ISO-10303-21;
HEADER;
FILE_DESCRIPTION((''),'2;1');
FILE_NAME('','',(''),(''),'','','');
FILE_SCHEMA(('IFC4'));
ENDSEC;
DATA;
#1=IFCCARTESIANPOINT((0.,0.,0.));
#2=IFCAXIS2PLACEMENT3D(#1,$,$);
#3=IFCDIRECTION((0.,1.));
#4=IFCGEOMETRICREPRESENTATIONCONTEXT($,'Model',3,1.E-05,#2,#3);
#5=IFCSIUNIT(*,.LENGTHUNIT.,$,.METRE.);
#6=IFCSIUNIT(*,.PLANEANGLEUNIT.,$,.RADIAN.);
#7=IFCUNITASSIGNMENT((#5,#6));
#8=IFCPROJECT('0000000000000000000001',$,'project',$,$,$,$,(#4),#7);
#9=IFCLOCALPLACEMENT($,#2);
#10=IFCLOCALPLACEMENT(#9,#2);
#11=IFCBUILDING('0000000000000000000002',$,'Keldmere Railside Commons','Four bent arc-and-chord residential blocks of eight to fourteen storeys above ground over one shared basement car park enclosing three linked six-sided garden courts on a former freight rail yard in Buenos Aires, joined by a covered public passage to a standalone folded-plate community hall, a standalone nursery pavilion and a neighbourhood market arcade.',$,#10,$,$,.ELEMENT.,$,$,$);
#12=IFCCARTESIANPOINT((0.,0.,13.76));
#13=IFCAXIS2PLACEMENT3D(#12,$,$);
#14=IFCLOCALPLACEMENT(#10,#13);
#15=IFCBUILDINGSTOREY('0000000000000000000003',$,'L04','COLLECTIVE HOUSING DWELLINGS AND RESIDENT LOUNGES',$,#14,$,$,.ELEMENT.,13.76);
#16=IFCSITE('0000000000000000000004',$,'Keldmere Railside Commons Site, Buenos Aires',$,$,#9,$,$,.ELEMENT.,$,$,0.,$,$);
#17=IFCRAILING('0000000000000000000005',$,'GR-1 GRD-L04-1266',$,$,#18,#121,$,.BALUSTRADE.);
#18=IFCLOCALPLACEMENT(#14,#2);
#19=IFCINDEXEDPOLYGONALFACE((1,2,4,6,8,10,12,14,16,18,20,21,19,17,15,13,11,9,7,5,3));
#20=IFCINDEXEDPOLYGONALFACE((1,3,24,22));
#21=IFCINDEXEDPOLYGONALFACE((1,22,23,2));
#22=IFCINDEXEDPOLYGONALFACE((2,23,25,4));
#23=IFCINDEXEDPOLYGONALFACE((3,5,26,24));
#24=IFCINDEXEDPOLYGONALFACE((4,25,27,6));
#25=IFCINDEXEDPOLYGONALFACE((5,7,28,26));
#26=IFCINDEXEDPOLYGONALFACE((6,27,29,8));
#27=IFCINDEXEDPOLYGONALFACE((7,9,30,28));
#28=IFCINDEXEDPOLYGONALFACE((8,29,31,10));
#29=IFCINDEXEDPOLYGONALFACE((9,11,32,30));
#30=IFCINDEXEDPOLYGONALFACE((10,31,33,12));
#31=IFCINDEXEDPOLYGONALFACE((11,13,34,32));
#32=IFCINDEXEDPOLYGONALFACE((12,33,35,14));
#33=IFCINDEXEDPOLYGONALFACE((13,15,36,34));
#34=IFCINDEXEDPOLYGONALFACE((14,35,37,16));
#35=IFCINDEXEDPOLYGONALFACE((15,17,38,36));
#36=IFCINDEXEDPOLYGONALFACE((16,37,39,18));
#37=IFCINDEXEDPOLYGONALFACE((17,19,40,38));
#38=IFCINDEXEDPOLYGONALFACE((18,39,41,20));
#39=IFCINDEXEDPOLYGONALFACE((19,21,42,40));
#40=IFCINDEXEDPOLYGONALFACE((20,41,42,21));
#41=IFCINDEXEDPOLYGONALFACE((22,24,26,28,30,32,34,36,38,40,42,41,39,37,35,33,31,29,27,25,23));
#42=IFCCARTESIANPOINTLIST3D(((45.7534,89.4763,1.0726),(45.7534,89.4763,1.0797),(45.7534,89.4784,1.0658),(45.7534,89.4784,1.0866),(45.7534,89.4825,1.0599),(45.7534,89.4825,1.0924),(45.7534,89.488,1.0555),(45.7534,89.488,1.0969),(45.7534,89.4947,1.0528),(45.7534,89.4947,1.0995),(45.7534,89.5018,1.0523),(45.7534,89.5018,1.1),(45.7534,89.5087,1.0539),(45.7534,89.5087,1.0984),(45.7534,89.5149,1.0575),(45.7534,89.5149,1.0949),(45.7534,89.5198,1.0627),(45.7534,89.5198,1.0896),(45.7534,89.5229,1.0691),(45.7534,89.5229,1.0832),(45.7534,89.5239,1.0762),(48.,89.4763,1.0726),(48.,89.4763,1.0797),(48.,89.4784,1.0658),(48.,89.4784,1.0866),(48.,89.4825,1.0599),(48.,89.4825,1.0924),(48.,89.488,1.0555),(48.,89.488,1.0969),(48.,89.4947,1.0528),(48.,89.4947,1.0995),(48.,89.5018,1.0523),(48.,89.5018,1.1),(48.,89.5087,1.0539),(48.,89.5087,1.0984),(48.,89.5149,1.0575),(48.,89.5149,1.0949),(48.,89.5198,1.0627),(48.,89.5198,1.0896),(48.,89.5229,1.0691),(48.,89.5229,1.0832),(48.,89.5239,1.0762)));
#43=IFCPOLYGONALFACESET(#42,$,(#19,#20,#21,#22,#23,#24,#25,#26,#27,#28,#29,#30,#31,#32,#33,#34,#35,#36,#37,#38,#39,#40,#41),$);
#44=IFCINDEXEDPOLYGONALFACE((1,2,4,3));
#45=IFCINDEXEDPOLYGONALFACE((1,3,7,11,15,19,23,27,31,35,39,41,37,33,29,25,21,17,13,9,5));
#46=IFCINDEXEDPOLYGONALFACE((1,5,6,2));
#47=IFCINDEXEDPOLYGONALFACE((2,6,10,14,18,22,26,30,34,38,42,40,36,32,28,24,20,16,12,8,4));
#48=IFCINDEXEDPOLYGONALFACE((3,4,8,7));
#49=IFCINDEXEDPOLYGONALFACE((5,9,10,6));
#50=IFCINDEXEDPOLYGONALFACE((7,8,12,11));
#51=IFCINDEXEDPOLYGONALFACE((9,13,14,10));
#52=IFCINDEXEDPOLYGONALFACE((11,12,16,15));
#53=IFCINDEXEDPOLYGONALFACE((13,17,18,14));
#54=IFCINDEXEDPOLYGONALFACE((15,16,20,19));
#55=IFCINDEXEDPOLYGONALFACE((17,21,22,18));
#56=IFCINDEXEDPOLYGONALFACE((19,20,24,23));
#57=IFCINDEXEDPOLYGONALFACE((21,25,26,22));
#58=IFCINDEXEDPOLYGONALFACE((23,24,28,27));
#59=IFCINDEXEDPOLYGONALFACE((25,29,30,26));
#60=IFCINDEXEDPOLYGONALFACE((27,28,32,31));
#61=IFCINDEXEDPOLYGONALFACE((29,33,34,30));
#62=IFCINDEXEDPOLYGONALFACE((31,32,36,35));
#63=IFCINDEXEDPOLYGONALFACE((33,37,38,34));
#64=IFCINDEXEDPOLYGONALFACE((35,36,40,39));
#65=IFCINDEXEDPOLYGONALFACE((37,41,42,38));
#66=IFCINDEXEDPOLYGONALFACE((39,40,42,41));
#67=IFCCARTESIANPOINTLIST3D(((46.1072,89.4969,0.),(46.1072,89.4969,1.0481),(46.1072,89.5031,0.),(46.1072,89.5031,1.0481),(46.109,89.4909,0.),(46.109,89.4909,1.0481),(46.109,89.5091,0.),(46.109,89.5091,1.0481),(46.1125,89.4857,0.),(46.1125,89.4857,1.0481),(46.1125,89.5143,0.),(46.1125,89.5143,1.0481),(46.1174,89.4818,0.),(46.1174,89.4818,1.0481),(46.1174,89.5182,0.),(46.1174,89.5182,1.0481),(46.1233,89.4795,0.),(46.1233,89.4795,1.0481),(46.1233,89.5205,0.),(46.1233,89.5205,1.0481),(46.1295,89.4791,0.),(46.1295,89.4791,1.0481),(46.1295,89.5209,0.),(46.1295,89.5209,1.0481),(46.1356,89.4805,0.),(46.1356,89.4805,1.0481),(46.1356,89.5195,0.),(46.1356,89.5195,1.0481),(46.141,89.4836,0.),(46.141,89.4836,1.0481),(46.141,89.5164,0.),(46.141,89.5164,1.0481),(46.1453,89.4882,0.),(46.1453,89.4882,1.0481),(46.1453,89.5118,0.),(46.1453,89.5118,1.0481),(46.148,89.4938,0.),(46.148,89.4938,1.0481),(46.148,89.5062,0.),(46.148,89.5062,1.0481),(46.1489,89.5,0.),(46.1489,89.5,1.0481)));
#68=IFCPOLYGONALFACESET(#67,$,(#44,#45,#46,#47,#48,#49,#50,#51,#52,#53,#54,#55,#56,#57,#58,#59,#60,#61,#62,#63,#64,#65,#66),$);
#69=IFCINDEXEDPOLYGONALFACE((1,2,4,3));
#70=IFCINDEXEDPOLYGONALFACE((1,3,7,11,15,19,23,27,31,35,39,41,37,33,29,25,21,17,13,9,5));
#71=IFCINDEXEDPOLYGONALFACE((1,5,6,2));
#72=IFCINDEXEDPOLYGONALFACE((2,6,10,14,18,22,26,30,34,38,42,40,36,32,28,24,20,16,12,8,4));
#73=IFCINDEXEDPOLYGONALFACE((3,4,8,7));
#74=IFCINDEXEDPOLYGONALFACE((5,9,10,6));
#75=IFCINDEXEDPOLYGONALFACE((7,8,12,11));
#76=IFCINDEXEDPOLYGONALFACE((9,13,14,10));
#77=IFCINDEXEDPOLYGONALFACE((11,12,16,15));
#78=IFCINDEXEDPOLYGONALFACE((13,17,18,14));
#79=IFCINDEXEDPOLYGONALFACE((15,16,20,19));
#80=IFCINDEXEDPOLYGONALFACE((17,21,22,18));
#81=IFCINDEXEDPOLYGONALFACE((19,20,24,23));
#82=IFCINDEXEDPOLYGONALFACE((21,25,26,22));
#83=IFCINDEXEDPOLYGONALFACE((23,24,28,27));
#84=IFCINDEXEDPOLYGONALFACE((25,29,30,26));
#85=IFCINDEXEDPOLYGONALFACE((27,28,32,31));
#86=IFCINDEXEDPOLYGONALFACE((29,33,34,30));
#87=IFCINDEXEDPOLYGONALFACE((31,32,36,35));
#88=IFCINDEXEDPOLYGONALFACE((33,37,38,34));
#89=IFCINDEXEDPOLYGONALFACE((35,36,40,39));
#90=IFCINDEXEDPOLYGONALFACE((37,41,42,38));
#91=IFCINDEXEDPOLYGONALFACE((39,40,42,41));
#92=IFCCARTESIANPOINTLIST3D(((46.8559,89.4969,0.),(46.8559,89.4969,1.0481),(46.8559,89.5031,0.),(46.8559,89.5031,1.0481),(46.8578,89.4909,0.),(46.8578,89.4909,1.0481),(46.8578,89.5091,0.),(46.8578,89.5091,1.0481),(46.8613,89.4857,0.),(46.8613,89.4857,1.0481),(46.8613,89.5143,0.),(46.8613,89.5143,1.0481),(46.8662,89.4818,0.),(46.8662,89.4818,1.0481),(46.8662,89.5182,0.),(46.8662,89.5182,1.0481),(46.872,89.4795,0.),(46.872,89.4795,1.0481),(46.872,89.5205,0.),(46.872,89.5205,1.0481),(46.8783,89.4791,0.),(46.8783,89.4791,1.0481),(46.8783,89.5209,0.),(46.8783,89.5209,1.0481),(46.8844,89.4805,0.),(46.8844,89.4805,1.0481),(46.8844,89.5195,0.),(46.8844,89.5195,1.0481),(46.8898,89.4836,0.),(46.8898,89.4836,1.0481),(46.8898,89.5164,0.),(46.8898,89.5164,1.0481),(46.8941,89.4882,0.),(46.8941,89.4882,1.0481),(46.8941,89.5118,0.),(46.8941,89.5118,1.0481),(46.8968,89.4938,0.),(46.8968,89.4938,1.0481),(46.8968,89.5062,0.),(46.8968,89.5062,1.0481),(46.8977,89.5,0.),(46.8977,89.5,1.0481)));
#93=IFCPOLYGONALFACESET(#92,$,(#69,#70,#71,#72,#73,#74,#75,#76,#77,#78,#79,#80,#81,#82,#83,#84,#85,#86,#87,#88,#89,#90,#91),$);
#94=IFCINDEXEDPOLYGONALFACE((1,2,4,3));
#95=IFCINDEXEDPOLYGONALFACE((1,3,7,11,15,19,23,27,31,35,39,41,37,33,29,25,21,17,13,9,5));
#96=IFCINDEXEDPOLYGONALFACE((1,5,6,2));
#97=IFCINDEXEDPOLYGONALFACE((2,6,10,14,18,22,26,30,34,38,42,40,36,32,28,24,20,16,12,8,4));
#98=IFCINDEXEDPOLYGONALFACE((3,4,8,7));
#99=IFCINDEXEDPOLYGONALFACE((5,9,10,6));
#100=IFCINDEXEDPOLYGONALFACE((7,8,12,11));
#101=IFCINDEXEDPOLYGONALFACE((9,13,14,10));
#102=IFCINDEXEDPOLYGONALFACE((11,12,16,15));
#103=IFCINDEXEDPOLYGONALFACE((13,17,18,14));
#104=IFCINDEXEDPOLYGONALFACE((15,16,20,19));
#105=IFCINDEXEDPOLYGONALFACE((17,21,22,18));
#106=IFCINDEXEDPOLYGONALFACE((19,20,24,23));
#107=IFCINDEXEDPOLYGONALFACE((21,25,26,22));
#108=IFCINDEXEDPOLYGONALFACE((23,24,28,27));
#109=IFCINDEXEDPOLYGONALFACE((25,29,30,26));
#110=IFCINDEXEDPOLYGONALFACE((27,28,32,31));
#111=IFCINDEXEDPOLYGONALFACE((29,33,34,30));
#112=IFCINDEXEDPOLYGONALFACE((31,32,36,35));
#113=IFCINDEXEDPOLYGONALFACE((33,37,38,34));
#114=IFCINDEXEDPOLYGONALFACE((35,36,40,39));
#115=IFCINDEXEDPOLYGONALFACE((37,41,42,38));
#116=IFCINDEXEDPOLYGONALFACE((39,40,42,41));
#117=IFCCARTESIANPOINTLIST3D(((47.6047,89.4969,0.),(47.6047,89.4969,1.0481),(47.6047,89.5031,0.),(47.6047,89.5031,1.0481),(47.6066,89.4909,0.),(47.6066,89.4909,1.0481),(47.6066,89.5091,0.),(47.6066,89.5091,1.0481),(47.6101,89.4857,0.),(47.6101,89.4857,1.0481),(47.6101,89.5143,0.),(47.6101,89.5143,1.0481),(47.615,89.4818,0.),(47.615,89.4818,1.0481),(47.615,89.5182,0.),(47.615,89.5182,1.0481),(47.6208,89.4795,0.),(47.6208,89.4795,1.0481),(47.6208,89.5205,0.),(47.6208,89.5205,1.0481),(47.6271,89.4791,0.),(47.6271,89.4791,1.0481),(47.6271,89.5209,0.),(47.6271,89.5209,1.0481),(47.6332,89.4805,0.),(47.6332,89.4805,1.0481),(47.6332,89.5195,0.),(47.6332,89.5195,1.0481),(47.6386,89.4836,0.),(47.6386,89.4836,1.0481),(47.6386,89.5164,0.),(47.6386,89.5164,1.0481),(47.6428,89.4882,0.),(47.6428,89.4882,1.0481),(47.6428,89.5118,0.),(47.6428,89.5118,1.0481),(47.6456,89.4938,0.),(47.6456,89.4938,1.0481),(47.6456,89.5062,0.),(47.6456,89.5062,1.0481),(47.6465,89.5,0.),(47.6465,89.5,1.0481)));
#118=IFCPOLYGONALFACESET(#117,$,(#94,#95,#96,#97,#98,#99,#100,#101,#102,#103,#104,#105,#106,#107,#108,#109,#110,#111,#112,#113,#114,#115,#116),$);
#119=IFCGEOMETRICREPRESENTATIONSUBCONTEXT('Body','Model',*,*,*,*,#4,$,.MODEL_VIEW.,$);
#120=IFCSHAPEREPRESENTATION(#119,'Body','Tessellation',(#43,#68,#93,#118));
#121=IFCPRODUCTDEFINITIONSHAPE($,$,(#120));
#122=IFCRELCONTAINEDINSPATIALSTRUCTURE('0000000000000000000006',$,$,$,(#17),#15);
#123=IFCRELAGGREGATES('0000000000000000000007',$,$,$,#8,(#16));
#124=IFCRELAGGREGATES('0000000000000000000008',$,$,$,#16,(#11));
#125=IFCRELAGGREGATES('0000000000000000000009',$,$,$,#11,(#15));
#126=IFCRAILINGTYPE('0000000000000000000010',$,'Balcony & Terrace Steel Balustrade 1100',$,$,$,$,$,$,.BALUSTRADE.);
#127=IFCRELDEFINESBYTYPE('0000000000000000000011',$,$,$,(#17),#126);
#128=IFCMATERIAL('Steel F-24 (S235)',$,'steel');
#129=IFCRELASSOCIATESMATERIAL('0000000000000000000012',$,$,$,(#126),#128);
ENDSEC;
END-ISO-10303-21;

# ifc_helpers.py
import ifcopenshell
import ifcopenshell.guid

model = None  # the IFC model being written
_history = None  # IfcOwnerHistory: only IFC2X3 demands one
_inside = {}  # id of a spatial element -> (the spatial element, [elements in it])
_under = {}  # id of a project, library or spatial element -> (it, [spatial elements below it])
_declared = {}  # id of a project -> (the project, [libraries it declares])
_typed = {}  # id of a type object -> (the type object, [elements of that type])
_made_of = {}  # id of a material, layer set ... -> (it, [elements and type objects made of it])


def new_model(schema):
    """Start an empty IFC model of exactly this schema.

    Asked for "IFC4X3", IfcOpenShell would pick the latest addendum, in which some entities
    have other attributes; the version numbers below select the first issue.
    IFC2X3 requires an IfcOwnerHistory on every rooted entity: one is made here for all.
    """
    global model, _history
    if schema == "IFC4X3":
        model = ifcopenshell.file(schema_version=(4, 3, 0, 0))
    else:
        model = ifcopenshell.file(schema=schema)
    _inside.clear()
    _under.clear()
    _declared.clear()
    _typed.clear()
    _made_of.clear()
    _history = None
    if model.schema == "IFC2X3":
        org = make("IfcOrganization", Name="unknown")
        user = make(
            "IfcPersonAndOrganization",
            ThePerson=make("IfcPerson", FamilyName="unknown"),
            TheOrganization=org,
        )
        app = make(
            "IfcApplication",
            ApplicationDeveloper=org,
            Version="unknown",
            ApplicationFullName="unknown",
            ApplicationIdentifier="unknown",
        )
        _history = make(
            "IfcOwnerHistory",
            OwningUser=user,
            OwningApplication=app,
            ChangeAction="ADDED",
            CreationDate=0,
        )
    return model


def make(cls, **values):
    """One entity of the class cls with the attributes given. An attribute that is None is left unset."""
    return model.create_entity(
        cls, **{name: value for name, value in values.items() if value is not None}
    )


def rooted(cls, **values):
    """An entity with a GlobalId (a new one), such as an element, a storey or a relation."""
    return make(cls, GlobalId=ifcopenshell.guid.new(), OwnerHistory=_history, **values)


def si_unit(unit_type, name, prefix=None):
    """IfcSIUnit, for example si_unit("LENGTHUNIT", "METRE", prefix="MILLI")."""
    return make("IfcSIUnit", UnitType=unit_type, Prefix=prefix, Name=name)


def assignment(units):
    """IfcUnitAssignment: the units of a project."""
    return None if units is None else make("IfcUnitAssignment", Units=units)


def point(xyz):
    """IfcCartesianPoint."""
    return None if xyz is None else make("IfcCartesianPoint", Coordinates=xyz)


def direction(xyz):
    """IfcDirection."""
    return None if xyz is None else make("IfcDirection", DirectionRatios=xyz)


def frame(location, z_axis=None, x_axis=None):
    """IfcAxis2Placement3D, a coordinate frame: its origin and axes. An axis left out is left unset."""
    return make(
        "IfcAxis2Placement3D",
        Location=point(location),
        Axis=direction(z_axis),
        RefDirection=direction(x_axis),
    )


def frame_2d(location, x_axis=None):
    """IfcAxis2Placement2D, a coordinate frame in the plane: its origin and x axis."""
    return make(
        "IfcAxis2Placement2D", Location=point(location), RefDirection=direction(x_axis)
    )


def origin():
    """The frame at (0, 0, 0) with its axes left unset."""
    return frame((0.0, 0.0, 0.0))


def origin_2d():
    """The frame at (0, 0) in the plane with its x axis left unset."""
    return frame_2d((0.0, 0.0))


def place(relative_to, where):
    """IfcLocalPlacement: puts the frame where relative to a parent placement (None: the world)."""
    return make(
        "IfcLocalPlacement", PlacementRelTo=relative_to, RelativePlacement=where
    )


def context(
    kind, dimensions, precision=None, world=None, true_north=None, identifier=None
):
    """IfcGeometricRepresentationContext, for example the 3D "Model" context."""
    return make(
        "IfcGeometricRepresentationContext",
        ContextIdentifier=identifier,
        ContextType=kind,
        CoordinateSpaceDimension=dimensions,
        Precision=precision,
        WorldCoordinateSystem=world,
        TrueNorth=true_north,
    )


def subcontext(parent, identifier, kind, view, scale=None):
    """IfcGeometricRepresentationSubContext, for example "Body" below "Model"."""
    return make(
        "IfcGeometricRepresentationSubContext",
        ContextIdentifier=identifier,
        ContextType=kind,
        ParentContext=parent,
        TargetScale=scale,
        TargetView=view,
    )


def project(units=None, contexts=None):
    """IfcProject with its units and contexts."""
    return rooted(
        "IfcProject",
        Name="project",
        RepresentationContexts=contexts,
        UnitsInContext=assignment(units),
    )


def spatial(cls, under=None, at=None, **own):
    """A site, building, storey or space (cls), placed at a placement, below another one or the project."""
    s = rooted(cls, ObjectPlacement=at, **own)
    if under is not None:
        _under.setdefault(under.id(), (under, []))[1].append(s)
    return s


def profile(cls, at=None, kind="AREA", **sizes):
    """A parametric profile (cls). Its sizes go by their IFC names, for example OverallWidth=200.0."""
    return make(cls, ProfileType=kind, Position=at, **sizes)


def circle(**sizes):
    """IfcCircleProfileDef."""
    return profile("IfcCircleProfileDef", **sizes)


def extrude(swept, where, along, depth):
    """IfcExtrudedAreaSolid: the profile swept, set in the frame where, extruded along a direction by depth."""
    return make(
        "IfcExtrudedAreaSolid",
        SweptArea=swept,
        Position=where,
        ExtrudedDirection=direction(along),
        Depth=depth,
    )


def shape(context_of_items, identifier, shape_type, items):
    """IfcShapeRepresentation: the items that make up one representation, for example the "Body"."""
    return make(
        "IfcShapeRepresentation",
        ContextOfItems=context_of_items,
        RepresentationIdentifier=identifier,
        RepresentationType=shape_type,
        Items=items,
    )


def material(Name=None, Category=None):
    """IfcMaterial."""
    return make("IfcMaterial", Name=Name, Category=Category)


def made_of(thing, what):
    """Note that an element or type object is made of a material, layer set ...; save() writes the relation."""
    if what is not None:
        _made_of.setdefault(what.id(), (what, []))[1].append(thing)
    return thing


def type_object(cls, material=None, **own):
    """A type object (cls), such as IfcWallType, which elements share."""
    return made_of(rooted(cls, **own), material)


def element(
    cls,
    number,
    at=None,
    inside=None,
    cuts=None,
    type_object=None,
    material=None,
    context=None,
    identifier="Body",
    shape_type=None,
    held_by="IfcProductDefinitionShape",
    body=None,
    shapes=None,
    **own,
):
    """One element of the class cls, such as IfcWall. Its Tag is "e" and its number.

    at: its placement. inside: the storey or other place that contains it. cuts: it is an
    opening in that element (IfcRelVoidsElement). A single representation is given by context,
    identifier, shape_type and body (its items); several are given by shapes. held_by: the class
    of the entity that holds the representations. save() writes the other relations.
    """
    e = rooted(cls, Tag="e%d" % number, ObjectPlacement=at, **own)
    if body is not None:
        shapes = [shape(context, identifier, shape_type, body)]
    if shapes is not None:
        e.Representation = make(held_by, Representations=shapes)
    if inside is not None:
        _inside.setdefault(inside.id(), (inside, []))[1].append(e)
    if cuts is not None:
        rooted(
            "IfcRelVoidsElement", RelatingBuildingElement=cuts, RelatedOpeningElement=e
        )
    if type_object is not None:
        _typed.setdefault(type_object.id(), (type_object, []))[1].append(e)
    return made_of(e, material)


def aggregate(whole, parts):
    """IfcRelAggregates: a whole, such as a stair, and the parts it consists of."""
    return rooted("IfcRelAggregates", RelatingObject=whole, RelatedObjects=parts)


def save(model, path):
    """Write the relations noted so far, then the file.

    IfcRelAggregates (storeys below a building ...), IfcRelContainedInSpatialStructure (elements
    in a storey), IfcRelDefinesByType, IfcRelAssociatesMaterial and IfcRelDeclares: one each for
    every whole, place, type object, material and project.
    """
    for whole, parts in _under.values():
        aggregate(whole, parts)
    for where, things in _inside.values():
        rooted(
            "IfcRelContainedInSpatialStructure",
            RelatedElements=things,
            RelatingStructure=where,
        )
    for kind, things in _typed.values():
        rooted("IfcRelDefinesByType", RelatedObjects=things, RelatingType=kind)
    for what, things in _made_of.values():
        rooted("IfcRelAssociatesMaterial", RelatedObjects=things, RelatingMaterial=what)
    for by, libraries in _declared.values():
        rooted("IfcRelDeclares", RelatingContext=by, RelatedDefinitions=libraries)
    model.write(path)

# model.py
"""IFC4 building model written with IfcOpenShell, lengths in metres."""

from ifc_helpers import new_model, si_unit, direction, frame, origin, origin_2d, place, context, subcontext, project, spatial, circle, extrude, material, type_object, element, save


model = new_model("IFC4")

# Units and contexts
model_context = context("Model", 3, precision=1e-05, world=origin(), true_north=direction((0.0, 1.0)))
body_context = subcontext(model_context, "Body", "Model", "MODEL_VIEW")
ifc_project = project(units=[si_unit("LENGTHUNIT", "METRE"), si_unit("PLANEANGLEUNIT", "RADIAN")], contexts=[model_context])

# Site, building, storey
site_placement = place(None, origin())
site = spatial("IfcSite", under=ifc_project, at=site_placement, Name="Keldmere Railside Commons Site, Buenos Aires", CompositionType="ELEMENT", RefElevation=0.0)
building_placement = place(site_placement, origin())
building = spatial("IfcBuilding", under=site, at=building_placement, Name="Keldmere Railside Commons", Description="Four bent arc-and-chord residential blocks of eight to fourteen storeys above ground over one shared basement car park enclosing three linked six-sided garden courts on a former freight rail yard in Buenos Aires, joined by a covered public passage to a standalone folded-plate community hall, a standalone nursery pavilion and a neighbourhood market arcade.", CompositionType="ELEMENT")
storey_placement = place(building_placement, frame((0.0, 0.0, 13.76)))
storey = spatial("IfcBuildingStorey", under=building, at=storey_placement, Name="L04", Description="COLLECTIVE HOUSING DWELLINGS AND RESIDENT LOUNGES", CompositionType="ELEMENT", Elevation=13.76)

# Railing
ifc_material_1 = material(Name="Steel F-24 (S235)", Category="steel")
railing_type = type_object("IfcRailingType", Name="Balcony & Terrace Steel Balustrade 1100", PredefinedType="BALUSTRADE", material=ifc_material_1)
railing_1_placement = place(storey_placement, frame((45.7534, 89.5, 0.0)))
element("IfcRailing", 1, at=railing_1_placement, inside=storey, type_object=railing_type, Name="GR-1 GRD-L04-1266", PredefinedType="BALUSTRADE", context=body_context, shape_type="SweptSolid", body=[
    extrude(circle(Radius=0.0239, at=origin_2d()), frame((0.0, 0.0, 1.0762), z_axis=(1.0, 0.0, 0.0), x_axis=(0.0, 1.0, 0.0)), (0.0, 0.0, 1.0), 2.2466),
    extrude(circle(Radius=0.021, at=origin_2d()), frame((0.3745, 0.0, 0.0)), (0.0, 0.0, 1.0), 1.0481),
    extrude(circle(Radius=0.021, at=origin_2d()), frame((1.1233, 0.0, 0.0)), (0.0, 0.0, 1.0), 1.0481),
    extrude(circle(Radius=0.021, at=origin_2d()), frame((1.8721, 0.0, 0.0)), (0.0, 0.0, 1.0), 1.0481),
])

save(model, "model.ifc")
